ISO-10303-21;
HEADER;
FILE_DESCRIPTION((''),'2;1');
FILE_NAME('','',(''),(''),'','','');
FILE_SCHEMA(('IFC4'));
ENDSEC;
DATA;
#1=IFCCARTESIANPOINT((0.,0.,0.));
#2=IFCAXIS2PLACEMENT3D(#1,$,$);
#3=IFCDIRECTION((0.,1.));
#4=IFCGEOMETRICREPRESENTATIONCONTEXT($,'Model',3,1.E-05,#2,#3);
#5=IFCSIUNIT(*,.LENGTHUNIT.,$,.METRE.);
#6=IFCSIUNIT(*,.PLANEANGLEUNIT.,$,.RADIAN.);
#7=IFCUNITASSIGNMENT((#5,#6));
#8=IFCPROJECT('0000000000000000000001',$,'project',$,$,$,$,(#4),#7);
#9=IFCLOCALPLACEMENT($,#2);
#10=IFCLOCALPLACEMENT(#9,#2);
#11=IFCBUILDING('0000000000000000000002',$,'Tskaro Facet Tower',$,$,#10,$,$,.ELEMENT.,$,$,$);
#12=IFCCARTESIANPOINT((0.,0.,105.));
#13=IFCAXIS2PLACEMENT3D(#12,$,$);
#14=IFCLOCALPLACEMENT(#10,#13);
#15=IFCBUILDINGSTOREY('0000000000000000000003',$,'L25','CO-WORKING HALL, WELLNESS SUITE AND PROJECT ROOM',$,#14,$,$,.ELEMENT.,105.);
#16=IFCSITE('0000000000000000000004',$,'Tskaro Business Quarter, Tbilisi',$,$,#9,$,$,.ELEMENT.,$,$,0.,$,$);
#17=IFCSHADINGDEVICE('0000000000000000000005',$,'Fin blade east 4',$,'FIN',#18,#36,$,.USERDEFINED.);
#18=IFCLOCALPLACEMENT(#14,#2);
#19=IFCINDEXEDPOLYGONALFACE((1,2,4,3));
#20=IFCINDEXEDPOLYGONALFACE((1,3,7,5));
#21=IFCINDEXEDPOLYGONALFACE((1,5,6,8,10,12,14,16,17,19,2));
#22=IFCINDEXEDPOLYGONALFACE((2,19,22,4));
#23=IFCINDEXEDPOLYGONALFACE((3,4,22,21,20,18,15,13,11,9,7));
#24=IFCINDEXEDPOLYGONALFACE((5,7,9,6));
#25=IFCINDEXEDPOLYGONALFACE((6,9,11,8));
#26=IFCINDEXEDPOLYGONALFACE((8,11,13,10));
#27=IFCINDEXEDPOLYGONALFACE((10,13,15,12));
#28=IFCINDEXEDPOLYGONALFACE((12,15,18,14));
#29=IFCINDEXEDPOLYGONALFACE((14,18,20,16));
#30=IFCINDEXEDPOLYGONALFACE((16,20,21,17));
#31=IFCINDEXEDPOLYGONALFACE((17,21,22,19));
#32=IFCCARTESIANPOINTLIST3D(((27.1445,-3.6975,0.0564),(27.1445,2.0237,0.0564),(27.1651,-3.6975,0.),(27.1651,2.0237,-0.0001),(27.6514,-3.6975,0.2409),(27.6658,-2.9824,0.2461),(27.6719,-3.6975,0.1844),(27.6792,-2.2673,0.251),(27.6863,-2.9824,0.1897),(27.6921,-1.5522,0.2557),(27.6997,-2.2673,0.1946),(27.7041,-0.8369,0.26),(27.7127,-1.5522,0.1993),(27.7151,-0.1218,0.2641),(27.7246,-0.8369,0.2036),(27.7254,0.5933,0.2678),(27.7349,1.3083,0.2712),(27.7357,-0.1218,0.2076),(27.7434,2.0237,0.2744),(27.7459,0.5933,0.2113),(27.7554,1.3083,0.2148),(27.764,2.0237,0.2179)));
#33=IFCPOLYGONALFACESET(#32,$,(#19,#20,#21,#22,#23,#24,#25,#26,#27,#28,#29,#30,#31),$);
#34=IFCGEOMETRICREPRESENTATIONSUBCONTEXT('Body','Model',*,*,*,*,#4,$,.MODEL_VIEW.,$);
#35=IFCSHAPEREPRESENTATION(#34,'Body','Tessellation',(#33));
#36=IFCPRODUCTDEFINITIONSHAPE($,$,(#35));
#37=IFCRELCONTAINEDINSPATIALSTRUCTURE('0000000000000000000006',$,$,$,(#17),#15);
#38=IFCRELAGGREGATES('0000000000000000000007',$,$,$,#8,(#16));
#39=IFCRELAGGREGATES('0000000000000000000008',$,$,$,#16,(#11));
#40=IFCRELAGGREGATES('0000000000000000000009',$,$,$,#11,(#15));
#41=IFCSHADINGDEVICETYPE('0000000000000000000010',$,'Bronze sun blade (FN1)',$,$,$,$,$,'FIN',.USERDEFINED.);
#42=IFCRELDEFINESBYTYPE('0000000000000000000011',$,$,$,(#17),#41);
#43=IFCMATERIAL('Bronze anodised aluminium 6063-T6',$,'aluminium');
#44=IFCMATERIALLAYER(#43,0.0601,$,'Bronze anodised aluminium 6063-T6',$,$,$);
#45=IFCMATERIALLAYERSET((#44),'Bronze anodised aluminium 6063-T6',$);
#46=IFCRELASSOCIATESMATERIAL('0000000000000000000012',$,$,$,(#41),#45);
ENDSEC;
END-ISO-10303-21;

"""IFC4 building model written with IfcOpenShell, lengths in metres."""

from ifc_helpers import new_model, si_unit, direction, frame, origin, place, context, subcontext, project, spatial, polyline, outline, extrude, material, layer, layer_set, type_object, element, save


model = new_model("IFC4")

# Units and contexts
model_context = context("Model", 3, precision=1e-05, world=origin(), true_north=direction((0.0, 1.0)))
body_context = subcontext(model_context, "Body", "Model", "MODEL_VIEW")
ifc_project = project(units=[si_unit("LENGTHUNIT", "METRE"), si_unit("PLANEANGLEUNIT", "RADIAN")], contexts=[model_context])

# Site, building, storey
site_placement = place(None, origin())
site = spatial("IfcSite", under=ifc_project, at=site_placement, Name="Tskaro Business Quarter, Tbilisi", CompositionType="ELEMENT", RefElevation=0.0)
building_placement = place(site_placement, origin())
building = spatial("IfcBuilding", under=site, at=building_placement, Name="Tskaro Facet Tower", CompositionType="ELEMENT")
storey_placement = place(building_placement, frame((0.0, 0.0, 105.0)))
storey = spatial("IfcBuildingStorey", under=building, at=storey_placement, Name="L25", Description="CO-WORKING HALL, WELLNESS SUITE AND PROJECT ROOM", CompositionType="ELEMENT", Elevation=105.0)

# Shared definitions
ifc_material_1 = material(Name="Bronze anodised aluminium 6063-T6", Category="aluminium")

# Shading device
ifc_layer_1 = layer(ifc_material_1, 0.0601, Name="Bronze anodised aluminium 6063-T6")
ifc_layer_set_1 = layer_set([ifc_layer_1], Name="Bronze anodised aluminium 6063-T6")
shading_device_type = type_object("IfcShadingDeviceType", Name="Bronze sun blade (FN1)", ElementType="FIN", PredefinedType="USERDEFINED", material=ifc_layer_set_1)
shading_device_1_placement = place(storey_placement, frame((27.1445, -3.6975, 0.0564), z_axis=(-0.342018, 0.000003, 0.939693), x_axis=(0.000001, 1.0, -0.000003)))
element("IfcShadingDevice", 1, at=shading_device_1_placement, inside=storey, type_object=shading_device_type, Name="Fin blade east 4", ObjectType="FIN", PredefinedType="USERDEFINED", context=body_context, shape_type="SweptSolid", body=[
    extrude(outline(polyline([(0.0, 0.0), (5.7212, 0.0), (5.7212, -0.6373), (5.0059, -0.6282), (4.2908, -0.6181), (3.5757, -0.6072), (2.8606, -0.5955), (2.1453, -0.5827), (1.4302, -0.569), (0.7151, -0.5547), (0.0, -0.5394), (0.0, 0.0)])), origin(), (0.0, 0.0, -1.0), 0.0601),
])

save(model, "model.ifc")
